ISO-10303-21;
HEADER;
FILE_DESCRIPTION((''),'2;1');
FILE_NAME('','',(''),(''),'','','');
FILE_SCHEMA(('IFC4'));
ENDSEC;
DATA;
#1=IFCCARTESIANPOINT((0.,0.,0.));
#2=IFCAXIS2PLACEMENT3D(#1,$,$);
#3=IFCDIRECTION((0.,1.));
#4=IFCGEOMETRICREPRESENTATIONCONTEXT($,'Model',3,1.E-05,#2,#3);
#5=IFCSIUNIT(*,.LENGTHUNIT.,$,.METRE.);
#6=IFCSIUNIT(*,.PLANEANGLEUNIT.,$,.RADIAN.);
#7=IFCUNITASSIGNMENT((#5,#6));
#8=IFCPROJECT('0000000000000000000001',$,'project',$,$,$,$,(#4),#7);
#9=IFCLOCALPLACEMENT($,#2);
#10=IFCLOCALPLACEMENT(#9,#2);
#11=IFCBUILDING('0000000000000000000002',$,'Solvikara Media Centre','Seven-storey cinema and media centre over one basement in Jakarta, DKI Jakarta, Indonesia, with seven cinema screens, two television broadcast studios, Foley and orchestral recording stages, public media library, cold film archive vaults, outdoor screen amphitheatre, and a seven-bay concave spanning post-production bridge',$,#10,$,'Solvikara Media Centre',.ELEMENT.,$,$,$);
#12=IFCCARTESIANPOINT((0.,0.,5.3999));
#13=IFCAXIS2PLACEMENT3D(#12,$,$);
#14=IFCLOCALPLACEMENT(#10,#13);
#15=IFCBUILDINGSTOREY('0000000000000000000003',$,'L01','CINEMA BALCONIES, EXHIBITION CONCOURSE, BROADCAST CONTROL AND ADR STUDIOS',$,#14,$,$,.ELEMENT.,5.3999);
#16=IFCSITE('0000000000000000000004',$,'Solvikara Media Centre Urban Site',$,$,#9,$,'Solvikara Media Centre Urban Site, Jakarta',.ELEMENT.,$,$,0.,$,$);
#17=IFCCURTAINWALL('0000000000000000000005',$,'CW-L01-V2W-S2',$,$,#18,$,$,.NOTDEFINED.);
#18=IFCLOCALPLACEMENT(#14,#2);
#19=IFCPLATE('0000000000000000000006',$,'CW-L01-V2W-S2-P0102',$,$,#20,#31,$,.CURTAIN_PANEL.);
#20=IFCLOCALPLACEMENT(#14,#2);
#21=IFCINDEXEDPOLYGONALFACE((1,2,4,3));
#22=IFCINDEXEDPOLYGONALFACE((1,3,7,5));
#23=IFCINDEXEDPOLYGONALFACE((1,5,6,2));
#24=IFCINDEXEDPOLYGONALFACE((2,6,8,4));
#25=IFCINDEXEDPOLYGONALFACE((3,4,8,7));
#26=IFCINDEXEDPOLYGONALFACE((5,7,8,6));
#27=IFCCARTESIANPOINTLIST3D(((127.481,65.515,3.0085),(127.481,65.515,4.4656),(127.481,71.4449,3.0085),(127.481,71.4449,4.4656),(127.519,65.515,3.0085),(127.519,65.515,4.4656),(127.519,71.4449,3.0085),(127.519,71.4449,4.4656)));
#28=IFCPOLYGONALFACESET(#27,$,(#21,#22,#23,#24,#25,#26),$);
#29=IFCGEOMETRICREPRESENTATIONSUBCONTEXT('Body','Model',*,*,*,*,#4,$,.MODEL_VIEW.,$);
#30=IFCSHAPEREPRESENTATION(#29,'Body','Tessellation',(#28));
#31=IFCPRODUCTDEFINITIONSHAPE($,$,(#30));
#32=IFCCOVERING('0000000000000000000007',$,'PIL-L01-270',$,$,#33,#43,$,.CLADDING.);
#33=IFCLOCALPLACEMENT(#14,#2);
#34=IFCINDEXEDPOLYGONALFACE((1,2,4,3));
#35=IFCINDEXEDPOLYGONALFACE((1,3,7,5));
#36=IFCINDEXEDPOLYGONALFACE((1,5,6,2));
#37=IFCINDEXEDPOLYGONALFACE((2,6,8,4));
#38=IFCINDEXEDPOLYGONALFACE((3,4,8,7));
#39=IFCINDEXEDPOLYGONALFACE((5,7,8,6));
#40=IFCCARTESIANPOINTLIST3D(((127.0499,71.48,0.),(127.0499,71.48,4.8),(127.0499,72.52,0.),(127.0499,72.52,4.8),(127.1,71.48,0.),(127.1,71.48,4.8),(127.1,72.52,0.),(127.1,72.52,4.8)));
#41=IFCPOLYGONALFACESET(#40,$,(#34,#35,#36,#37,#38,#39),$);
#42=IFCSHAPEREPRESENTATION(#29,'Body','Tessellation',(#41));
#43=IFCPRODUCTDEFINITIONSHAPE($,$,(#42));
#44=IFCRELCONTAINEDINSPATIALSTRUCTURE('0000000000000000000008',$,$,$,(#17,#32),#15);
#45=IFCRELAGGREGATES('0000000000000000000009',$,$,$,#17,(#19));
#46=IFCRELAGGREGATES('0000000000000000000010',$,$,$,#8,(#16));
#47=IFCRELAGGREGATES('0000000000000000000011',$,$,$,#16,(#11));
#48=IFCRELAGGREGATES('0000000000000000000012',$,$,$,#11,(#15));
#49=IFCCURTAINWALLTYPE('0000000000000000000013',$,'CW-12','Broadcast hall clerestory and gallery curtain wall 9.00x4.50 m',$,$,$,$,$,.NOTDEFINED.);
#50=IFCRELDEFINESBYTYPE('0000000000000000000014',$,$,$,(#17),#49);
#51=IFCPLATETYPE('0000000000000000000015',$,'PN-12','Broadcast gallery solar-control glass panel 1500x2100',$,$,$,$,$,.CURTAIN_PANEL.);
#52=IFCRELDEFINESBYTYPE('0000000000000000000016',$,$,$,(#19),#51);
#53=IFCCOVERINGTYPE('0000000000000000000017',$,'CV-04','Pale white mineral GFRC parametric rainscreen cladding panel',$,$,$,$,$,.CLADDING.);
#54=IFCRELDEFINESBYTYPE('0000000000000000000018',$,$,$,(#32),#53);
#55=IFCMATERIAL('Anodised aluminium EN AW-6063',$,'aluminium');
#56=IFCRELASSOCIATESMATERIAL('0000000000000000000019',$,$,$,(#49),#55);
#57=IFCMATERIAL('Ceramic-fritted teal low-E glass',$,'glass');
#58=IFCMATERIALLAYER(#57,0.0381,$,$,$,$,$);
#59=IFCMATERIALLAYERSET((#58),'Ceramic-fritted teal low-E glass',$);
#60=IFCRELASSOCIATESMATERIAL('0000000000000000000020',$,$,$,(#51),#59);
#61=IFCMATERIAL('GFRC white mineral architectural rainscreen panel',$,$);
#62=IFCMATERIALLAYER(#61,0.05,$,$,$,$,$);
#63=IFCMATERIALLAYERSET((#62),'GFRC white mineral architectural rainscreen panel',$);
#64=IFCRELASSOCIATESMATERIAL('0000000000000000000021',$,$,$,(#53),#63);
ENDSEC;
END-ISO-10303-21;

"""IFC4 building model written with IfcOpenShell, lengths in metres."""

from ifc_helpers import new_model, si_unit, direction, frame, origin, origin_2d, place, context, subcontext, project, spatial, rectangle, extrude, material, layer, layer_set, type_object, element, aggregate, save


model = new_model("IFC4")

# Units and contexts
model_context = context("Model", 3, precision=1e-05, world=origin(), true_north=direction((0.0, 1.0)))
body_context = subcontext(model_context, "Body", "Model", "MODEL_VIEW")
ifc_project = project(units=[si_unit("LENGTHUNIT", "METRE"), si_unit("PLANEANGLEUNIT", "RADIAN")], contexts=[model_context])

# Site, building, storey
site_placement = place(None, origin())
site = spatial("IfcSite", under=ifc_project, at=site_placement, Name="Solvikara Media Centre Urban Site", LongName="Solvikara Media Centre Urban Site, Jakarta", CompositionType="ELEMENT", RefElevation=0.0)
building_placement = place(site_placement, origin())
building = spatial("IfcBuilding", under=site, at=building_placement, Name="Solvikara Media Centre", Description="Seven-storey cinema and media centre over one basement in Jakarta, DKI Jakarta, Indonesia, with seven cinema screens, two television broadcast studios, Foley and orchestral recording stages, public media library, cold film archive vaults, outdoor screen amphitheatre, and a seven-bay concave spanning post-production bridge", LongName="Solvikara Media Centre", CompositionType="ELEMENT")
storey_placement = place(building_placement, frame((0.0, 0.0, 5.3999)))
storey = spatial("IfcBuildingStorey", under=building, at=storey_placement, Name="L01", Description="CINEMA BALCONIES, EXHIBITION CONCOURSE, BROADCAST CONTROL AND ADR STUDIOS", CompositionType="ELEMENT", Elevation=5.3999)

# Curtain wall, plate
ifc_material_1 = material(Name="Anodised aluminium EN AW-6063", Category="aluminium")
curtain_wall_type = type_object("IfcCurtainWallType", Name="CW-12", Description="Broadcast hall clerestory and gallery curtain wall 9.00x4.50 m", PredefinedType="NOTDEFINED", material=ifc_material_1)
curtain_wall_placement = place(storey_placement, origin())
curtain_wall = element("IfcCurtainWall", 1, at=curtain_wall_placement, inside=storey, type_object=curtain_wall_type, Name="CW-L01-V2W-S2", PredefinedType="NOTDEFINED")
ifc_material_2 = material(Name="Ceramic-fritted teal low-E glass", Category="glass")
ifc_layer_1 = layer(ifc_material_2, 0.0381)
ifc_layer_set_1 = layer_set([ifc_layer_1], Name="Ceramic-fritted teal low-E glass")
plate_type = type_object("IfcPlateType", Name="PN-12", Description="Broadcast gallery solar-control glass panel 1500x2100", PredefinedType="CURTAIN_PANEL", material=ifc_layer_set_1)
plate_1_placement = place(storey_placement, frame((127.5, 68.48, 3.0085), z_axis=(0.0, 0.0, 1.0), x_axis=(0.0, 1.0, 0.0)))
plate_1 = element("IfcPlate", 2, at=plate_1_placement, type_object=plate_type, Name="CW-L01-V2W-S2-P0102", PredefinedType="CURTAIN_PANEL", context=body_context, shape_type="SweptSolid", body=[
    extrude(rectangle(XDim=5.9299, YDim=0.0381, at=origin_2d()), origin(), (0.0, 0.0, 1.0), 1.457),
])
aggregate(curtain_wall, [plate_1])

# Covering
ifc_material_3 = material(Name="GFRC white mineral architectural rainscreen panel")
ifc_layer_2 = layer(ifc_material_3, 0.05)
ifc_layer_set_2 = layer_set([ifc_layer_2], Name="GFRC white mineral architectural rainscreen panel")
covering_type = type_object("IfcCoveringType", Name="CV-04", Description="Pale white mineral GFRC parametric rainscreen cladding panel", PredefinedType="CLADDING", material=ifc_layer_set_2)
covering_placement = place(storey_placement, frame((127.075, 72.0, 0.0), z_axis=(0.0, 0.0, 1.0), x_axis=(0.0, -1.0, 0.0)))
element("IfcCovering", 3, at=covering_placement, inside=storey, type_object=covering_type, Name="PIL-L01-270", PredefinedType="CLADDING", context=body_context, shape_type="SweptSolid", body=[
    extrude(rectangle(XDim=1.04, YDim=0.05, at=origin_2d()), origin(), (0.0, 0.0, 1.0), 4.8),
])

save(model, "model.ifc")
